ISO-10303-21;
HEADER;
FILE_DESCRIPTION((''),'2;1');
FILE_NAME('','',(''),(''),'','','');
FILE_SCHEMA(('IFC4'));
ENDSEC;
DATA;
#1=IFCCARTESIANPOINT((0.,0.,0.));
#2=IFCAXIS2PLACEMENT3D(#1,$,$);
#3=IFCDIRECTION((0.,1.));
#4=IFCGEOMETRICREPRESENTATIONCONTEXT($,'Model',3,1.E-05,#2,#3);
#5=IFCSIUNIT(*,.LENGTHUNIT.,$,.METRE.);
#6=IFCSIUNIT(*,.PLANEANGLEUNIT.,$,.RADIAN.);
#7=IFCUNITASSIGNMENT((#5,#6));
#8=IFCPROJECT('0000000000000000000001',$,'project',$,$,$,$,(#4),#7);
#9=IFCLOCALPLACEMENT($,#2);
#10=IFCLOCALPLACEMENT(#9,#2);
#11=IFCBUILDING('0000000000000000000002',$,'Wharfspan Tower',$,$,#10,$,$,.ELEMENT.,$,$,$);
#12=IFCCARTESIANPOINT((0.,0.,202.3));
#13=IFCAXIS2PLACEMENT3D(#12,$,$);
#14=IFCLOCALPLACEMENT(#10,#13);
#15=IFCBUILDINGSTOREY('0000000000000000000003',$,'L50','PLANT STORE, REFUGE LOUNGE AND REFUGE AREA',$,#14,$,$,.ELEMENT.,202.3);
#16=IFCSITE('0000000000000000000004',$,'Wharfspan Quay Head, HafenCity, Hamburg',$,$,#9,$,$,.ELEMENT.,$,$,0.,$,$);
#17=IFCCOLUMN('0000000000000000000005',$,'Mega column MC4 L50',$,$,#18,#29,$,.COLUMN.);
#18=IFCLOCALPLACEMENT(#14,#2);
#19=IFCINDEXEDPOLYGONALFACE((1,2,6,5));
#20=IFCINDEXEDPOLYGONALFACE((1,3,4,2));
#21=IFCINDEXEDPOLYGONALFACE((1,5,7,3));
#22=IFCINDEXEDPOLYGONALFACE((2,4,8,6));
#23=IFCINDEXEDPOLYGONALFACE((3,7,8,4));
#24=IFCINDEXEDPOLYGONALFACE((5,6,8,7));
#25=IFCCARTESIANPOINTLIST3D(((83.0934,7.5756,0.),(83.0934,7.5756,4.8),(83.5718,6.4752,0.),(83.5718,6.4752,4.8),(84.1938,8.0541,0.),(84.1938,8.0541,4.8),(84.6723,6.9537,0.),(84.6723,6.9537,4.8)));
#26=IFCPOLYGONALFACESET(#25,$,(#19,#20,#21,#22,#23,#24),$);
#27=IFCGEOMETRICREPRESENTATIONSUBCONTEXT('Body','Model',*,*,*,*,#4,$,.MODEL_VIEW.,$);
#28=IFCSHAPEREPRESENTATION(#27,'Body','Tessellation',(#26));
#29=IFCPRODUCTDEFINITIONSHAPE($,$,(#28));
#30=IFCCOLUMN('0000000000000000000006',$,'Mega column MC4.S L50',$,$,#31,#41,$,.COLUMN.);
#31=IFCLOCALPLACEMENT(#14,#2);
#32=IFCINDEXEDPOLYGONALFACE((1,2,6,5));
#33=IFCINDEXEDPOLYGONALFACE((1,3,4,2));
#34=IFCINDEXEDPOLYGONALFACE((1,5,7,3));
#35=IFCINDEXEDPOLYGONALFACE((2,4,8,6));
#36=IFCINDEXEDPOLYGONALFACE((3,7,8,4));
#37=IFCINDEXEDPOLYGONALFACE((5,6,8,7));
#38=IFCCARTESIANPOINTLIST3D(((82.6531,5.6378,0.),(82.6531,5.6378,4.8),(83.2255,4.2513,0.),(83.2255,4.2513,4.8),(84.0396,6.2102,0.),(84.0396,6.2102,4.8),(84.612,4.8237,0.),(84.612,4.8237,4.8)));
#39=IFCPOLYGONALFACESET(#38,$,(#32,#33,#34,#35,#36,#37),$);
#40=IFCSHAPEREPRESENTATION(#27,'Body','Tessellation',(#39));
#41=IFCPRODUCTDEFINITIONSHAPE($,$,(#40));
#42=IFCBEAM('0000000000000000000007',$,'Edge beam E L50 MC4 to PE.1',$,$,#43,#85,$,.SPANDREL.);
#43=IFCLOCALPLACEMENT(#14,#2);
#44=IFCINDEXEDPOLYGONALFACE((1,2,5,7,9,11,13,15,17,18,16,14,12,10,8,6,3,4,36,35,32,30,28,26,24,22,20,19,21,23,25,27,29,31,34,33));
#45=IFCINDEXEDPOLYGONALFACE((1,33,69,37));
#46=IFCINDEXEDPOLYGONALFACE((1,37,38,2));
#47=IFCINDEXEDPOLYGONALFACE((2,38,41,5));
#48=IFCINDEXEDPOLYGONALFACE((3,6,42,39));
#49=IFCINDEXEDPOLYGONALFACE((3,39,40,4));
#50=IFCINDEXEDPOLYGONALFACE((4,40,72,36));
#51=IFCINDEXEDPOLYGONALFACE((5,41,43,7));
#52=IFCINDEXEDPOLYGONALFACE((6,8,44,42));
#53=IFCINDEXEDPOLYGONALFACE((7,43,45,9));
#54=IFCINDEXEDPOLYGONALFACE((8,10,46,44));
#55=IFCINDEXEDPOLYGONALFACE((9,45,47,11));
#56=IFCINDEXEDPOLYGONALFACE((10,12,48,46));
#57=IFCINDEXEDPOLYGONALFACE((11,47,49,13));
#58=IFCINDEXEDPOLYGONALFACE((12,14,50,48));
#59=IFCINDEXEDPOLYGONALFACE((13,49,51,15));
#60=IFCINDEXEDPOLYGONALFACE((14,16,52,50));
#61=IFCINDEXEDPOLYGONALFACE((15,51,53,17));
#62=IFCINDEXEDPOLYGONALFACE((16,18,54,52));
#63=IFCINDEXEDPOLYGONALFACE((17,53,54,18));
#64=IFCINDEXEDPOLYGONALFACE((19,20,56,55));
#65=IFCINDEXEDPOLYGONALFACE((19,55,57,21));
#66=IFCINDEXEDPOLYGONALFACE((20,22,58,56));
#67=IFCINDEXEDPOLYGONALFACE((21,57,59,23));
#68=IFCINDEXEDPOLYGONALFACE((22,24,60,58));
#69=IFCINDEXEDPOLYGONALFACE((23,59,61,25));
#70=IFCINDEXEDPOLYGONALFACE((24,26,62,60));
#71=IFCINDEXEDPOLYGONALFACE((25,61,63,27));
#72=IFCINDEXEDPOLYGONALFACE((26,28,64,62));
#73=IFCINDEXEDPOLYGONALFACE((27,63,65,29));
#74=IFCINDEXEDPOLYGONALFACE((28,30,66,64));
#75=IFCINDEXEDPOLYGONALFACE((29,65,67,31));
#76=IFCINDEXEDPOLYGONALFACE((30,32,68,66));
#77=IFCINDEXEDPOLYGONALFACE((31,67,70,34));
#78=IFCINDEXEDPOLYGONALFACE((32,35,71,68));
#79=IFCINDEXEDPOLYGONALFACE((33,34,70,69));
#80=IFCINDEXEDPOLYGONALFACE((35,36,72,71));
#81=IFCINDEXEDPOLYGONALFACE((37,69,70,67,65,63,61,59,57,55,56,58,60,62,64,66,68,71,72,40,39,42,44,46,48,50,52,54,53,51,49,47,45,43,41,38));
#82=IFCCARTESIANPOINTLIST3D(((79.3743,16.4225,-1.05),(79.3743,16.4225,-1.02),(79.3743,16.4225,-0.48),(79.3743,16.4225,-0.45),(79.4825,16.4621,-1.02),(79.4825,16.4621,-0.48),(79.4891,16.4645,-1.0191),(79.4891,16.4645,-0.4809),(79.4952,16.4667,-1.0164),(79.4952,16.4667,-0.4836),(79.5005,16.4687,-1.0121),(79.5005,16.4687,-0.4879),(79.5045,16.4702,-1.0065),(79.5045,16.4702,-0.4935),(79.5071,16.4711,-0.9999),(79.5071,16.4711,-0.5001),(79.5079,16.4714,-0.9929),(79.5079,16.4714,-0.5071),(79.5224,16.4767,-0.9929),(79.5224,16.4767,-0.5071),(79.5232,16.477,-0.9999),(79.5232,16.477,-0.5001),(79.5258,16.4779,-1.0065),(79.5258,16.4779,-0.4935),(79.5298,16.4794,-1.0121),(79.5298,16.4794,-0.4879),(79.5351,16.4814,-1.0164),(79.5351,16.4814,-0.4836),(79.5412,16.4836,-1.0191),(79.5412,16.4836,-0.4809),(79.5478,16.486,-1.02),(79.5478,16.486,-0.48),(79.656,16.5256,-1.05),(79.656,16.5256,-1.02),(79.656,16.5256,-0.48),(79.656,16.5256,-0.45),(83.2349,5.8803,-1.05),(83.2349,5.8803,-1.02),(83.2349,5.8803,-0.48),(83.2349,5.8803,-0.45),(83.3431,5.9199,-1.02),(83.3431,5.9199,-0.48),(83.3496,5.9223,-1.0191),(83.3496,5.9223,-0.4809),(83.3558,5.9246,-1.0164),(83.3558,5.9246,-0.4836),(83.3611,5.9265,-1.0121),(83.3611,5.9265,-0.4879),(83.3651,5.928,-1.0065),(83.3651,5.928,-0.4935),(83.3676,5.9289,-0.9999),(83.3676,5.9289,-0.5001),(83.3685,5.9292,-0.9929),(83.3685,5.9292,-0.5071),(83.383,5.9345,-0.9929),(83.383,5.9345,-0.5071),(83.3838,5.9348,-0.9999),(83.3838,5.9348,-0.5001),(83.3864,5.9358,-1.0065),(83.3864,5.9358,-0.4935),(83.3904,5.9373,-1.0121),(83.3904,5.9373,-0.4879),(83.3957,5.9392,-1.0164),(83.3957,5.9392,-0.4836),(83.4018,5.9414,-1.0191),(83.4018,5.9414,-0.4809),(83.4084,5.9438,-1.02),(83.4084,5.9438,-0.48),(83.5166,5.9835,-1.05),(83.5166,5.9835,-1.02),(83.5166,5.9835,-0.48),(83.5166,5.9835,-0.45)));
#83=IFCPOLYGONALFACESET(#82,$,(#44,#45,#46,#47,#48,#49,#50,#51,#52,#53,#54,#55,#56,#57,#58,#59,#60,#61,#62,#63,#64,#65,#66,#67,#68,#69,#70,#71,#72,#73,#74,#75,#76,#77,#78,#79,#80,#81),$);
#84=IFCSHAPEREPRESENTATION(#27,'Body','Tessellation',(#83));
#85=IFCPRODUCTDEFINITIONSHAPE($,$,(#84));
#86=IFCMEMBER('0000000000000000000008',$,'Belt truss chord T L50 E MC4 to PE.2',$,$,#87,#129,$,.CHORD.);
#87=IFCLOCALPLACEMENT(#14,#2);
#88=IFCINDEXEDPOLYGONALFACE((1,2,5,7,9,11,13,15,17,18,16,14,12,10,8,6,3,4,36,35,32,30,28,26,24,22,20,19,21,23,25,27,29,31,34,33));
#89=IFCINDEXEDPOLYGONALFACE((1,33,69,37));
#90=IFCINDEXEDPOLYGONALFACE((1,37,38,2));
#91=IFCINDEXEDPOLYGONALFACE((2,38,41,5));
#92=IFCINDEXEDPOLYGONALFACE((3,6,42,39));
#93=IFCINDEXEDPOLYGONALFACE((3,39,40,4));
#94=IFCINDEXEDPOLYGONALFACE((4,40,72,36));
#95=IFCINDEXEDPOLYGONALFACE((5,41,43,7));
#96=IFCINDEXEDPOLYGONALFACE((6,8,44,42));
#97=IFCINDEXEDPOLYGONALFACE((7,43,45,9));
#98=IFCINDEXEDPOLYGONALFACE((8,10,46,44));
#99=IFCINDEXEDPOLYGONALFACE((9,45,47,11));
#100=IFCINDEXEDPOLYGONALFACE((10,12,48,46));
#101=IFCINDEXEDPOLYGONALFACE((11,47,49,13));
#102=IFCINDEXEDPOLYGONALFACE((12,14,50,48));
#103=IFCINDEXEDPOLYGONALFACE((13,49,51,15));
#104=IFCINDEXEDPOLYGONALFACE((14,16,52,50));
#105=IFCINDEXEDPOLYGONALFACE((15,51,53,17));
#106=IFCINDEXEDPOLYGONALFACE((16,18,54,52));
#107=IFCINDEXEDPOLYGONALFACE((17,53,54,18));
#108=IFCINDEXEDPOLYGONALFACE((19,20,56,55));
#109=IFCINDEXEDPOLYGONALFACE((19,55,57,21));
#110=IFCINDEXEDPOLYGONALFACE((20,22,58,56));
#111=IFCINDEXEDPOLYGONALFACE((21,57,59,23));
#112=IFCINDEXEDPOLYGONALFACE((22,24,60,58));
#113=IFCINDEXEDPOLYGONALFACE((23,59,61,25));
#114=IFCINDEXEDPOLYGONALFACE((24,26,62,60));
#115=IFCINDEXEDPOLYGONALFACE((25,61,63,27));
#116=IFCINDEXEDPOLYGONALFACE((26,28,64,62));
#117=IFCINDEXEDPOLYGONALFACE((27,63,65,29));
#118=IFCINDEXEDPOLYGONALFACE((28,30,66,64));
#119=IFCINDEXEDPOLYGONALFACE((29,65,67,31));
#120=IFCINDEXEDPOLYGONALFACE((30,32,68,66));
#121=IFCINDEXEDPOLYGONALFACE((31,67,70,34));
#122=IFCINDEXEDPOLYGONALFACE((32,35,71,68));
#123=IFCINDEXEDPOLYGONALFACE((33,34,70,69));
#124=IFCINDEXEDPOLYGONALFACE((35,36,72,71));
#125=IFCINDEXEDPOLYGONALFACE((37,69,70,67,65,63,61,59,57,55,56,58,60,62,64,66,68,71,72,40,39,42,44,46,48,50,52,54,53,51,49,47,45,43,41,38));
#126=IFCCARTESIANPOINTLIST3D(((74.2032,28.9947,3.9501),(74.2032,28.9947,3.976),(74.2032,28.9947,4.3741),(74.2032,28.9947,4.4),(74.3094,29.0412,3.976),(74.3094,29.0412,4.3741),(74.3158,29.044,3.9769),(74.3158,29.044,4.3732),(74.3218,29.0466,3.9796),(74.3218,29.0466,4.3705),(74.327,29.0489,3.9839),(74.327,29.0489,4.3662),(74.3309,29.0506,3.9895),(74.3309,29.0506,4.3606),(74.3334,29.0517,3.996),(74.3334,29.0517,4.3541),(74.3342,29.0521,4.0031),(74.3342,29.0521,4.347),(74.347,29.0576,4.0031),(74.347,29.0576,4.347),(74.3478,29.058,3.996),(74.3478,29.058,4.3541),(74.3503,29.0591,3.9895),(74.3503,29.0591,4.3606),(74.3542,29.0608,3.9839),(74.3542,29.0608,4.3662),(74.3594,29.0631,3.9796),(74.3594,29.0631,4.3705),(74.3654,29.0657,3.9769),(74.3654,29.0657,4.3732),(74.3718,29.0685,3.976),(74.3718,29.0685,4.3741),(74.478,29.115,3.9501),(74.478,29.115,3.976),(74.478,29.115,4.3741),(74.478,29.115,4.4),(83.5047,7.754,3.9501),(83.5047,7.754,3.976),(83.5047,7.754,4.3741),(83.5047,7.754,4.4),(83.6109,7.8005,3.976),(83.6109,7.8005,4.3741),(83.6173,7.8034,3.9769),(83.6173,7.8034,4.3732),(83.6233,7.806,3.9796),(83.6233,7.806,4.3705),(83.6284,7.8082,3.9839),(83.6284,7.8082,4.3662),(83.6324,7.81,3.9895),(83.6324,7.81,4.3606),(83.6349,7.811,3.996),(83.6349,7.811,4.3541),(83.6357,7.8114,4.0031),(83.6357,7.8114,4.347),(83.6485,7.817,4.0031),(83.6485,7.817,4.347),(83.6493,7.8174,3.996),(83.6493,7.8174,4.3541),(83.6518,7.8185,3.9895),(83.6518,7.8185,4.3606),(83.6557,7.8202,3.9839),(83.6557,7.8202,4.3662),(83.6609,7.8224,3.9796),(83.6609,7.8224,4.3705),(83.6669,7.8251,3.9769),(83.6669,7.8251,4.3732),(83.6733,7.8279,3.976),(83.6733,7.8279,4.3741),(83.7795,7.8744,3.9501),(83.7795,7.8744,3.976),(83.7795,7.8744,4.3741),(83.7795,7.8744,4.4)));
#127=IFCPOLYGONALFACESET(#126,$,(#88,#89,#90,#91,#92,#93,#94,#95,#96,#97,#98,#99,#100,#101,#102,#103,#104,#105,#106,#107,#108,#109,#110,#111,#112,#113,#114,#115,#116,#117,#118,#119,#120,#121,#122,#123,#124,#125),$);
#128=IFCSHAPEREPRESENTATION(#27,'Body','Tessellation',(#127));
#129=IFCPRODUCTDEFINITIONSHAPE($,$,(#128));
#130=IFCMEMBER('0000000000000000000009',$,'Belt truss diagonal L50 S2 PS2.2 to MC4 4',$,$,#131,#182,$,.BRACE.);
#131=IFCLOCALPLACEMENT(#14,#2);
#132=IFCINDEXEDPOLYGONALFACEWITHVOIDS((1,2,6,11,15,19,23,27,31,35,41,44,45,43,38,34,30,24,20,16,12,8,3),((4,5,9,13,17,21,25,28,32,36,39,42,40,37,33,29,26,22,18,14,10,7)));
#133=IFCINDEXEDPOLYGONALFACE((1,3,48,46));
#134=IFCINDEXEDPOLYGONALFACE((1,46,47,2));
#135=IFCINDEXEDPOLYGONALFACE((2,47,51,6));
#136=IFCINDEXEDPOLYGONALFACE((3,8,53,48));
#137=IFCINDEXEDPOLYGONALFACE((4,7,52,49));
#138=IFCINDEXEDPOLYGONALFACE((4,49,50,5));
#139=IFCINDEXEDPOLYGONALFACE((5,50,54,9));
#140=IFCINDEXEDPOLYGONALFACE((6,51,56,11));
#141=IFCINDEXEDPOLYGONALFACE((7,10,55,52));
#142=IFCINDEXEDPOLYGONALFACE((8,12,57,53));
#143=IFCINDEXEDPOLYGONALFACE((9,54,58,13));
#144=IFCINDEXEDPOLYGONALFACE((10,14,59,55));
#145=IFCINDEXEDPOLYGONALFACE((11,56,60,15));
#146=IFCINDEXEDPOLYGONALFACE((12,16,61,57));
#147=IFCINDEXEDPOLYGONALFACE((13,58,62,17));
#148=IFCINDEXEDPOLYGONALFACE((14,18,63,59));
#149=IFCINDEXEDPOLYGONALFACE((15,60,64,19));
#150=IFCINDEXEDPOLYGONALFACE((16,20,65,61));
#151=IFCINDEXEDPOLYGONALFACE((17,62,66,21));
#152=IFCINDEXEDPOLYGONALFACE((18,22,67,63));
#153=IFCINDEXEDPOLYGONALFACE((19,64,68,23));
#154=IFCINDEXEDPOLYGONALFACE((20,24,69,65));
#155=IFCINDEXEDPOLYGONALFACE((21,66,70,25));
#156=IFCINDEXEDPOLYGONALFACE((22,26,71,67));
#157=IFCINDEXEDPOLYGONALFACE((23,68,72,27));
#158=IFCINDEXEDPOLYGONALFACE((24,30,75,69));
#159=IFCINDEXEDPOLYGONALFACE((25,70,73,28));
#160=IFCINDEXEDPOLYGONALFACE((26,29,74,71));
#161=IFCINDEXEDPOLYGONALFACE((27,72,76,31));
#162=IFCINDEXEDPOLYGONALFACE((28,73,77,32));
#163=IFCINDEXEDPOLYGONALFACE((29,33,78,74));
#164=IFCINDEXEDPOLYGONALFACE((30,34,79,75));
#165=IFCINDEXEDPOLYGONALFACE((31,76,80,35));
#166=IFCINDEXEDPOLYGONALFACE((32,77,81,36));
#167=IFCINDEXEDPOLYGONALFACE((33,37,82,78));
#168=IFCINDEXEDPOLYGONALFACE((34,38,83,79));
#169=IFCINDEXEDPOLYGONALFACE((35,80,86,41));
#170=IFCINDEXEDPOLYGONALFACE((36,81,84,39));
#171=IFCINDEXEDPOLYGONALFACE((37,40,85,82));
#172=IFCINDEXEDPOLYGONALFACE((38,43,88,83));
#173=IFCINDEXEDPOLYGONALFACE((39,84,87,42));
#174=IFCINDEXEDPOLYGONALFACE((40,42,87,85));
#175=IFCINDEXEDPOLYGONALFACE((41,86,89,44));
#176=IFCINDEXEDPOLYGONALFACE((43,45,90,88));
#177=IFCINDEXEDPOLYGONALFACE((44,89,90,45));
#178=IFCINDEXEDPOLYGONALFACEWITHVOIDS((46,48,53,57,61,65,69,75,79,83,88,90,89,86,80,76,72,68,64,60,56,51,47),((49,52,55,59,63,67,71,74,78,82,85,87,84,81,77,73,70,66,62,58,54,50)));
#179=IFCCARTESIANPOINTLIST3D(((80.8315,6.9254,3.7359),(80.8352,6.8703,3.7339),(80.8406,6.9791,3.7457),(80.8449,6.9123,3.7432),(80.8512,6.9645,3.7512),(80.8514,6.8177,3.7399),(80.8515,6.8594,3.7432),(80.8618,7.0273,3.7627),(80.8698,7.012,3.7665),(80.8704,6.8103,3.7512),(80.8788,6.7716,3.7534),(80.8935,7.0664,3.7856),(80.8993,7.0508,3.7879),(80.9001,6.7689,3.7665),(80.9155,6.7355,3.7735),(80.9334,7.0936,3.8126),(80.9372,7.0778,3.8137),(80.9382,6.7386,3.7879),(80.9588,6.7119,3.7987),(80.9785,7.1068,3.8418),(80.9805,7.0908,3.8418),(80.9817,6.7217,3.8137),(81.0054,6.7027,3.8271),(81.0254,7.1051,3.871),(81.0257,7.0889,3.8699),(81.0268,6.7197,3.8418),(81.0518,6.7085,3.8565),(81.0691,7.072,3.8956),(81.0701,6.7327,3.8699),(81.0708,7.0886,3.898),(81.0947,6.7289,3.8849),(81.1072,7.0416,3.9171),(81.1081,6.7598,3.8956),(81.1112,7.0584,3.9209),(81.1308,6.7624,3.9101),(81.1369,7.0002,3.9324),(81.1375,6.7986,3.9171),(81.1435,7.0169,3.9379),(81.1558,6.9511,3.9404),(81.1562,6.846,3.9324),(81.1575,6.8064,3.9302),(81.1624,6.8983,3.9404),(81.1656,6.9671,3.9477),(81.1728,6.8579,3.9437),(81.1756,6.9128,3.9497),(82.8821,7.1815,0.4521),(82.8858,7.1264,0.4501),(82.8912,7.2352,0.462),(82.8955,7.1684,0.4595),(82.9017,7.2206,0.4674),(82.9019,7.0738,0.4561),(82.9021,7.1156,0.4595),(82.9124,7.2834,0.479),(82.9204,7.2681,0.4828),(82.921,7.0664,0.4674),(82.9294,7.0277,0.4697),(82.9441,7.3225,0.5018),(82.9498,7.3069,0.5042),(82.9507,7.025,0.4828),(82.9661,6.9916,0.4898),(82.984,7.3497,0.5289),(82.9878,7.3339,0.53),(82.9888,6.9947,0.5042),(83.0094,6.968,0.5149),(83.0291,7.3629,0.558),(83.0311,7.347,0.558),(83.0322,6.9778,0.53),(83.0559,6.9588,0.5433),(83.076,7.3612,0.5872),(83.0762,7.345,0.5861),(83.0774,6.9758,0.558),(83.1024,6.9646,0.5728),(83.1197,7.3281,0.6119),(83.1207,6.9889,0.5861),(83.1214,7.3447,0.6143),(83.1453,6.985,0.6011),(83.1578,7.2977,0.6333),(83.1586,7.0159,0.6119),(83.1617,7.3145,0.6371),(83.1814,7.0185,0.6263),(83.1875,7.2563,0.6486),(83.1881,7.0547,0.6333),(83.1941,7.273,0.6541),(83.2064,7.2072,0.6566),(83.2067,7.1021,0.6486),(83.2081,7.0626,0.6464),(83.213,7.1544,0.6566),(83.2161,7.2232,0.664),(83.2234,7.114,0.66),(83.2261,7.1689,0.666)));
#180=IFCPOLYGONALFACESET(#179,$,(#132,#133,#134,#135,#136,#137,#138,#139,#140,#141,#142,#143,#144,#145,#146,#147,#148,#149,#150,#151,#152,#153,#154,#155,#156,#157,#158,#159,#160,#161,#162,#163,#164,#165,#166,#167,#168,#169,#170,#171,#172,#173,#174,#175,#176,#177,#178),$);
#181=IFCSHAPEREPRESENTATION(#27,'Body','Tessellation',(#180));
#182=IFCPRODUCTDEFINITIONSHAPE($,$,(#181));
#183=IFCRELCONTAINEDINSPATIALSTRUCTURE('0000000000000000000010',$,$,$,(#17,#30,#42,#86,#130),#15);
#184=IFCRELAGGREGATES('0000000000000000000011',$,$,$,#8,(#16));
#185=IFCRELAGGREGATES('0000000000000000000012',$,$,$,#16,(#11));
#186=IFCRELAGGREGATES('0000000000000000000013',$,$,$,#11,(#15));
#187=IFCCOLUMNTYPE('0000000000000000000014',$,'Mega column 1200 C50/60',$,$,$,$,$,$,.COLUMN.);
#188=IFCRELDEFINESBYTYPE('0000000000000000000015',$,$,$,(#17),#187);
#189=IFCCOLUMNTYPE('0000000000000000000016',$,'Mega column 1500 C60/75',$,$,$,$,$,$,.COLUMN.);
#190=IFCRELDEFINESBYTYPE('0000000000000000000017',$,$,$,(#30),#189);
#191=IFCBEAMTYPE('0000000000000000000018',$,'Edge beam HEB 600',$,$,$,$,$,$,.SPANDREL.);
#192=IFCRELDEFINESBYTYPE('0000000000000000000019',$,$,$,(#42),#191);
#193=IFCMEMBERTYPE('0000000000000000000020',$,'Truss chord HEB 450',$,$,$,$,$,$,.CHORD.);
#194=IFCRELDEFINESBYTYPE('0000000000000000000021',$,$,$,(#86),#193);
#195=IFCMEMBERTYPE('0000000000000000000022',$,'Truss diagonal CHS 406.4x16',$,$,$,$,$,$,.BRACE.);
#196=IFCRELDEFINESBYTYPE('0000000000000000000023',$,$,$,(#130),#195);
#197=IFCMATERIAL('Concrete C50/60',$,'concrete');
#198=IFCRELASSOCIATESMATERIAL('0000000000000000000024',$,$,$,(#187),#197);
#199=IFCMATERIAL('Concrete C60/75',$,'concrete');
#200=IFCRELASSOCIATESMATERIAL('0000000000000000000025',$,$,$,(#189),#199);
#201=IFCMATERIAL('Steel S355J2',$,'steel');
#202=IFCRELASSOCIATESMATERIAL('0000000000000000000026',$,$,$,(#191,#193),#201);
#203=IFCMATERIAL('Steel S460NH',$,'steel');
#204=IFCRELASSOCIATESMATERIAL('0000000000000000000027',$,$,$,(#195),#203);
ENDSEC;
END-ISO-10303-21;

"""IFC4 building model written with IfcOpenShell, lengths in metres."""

from ifc_helpers import new_model, si_unit, direction, frame, origin, origin_2d, place, context, subcontext, project, spatial, rectangle, hollow_circle, i_section, extrude, material, material_profile, profile_set, type_object, element, save


model = new_model("IFC4")

# Units and contexts
model_context = context("Model", 3, precision=1e-05, world=origin(), true_north=direction((0.0, 1.0)))
body_context = subcontext(model_context, "Body", "Model", "MODEL_VIEW")
ifc_project = project(units=[si_unit("LENGTHUNIT", "METRE"), si_unit("PLANEANGLEUNIT", "RADIAN")], contexts=[model_context])

# Site, building, storey
site_placement = place(None, origin())
site = spatial("IfcSite", under=ifc_project, at=site_placement, Name="Wharfspan Quay Head, HafenCity, Hamburg", CompositionType="ELEMENT", RefElevation=0.0)
building_placement = place(site_placement, origin())
building = spatial("IfcBuilding", under=site, at=building_placement, Name="Wharfspan Tower", CompositionType="ELEMENT")
storey_placement = place(building_placement, frame((0.0, 0.0, 202.3)))
storey = spatial("IfcBuildingStorey", under=building, at=storey_placement, Name="L50", Description="PLANT STORE, REFUGE LOUNGE AND REFUGE AREA", CompositionType="ELEMENT", Elevation=202.3)

# Columns
ifc_material_1 = material(Name="Concrete C50/60", Category="concrete")
ifc_material_profile_1 = material_profile(ifc_material_1, rectangle(XDim=1.2, YDim=1.2, at=origin_2d()))
ifc_profile_set_1 = profile_set([ifc_material_profile_1], Name="Concrete C50/60")
column_type_1 = type_object("IfcColumnType", Name="Mega column 1200 C50/60", PredefinedType="COLUMN", material=ifc_profile_set_1)
column_1_placement = place(storey_placement, frame((83.8828, 7.2646, 0.0), z_axis=(0.0, 0.0, 1.0), x_axis=(-0.398727, 0.917072, 0.0)))
element("IfcColumn", 1, at=column_1_placement, inside=storey, type_object=column_type_1, Name="Mega column MC4 L50", PredefinedType="COLUMN", context=body_context, shape_type="SweptSolid", body=[
    extrude(rectangle(XDim=1.2, YDim=1.2, at=origin_2d()), origin(), (0.0, 0.0, 1.0), 4.8),
])
ifc_material_2 = material(Name="Concrete C60/75", Category="concrete")
ifc_material_profile_2 = material_profile(ifc_material_2, rectangle(XDim=1.5, YDim=1.5, at=origin_2d()))
ifc_profile_set_2 = profile_set([ifc_material_profile_2], Name="Concrete C60/75")
column_type_2 = type_object("IfcColumnType", Name="Mega column 1500 C60/75", PredefinedType="COLUMN", material=ifc_profile_set_2)
column_2_placement = place(storey_placement, frame((83.6326, 5.2307, 0.0), z_axis=(0.0, 0.0, 1.0), x_axis=(-0.381602, 0.924325, 0.0)))
element("IfcColumn", 2, at=column_2_placement, inside=storey, type_object=column_type_2, Name="Mega column MC4.S L50", PredefinedType="COLUMN", context=body_context, shape_type="SweptSolid", body=[
    extrude(rectangle(XDim=1.5, YDim=1.5, at=origin_2d()), origin(), (0.0, 0.0, 1.0), 4.8),
])

# Beam
ifc_material_3 = material(Name="Steel S355J2", Category="steel")
ifc_material_profile_3 = material_profile(ifc_material_3, i_section(OverallWidth=0.3, OverallDepth=0.6001, WebThickness=0.0154, FlangeThickness=0.03, FilletRadius=0.0271, at=origin_2d()))
ifc_profile_set_3 = profile_set([ifc_material_profile_3], Name="Steel S355J2")
beam_type = type_object("IfcBeamType", Name="Edge beam HEB 600", PredefinedType="SPANDREL", material=ifc_profile_set_3)
beam_placement = place(storey_placement, frame((83.3757, 5.9319, -0.75), z_axis=(-0.343871, 0.939017, 0.0), x_axis=(-0.939017, -0.343871, 0.0)))
element("IfcBeam", 3, at=beam_placement, inside=storey, type_object=beam_type, Name="Edge beam E L50 MC4 to PE.1", PredefinedType="SPANDREL", context=body_context, shape_type="SweptSolid", body=[
    extrude(i_section(OverallWidth=0.3, OverallDepth=0.6001, WebThickness=0.0154, FlangeThickness=0.03, FilletRadius=0.0271, at=origin_2d()), origin(), (0.0, 0.0, 1.0), 11.2268),
])

# Members
ifc_material_profile_4 = material_profile(ifc_material_3, i_section(OverallWidth=0.3, OverallDepth=0.45, WebThickness=0.0139, FlangeThickness=0.0259, FilletRadius=0.0271, at=origin_2d()))
ifc_profile_set_4 = profile_set([ifc_material_profile_4], Name="Steel S355J2")
member_type_1 = type_object("IfcMemberType", Name="Truss chord HEB 450", PredefinedType="CHORD", material=ifc_profile_set_4)
member_1_placement = place(storey_placement, frame((83.6421, 7.8142, 4.175), z_axis=(-0.401134, 0.91602, 0.0), x_axis=(-0.91602, -0.401134, 0.0)))
element("IfcMember", 4, at=member_1_placement, inside=storey, type_object=member_type_1, Name="Belt truss chord T L50 E MC4 to PE.2", PredefinedType="CHORD", context=body_context, shape_type="SweptSolid", body=[
    extrude(i_section(OverallWidth=0.3, OverallDepth=0.45, WebThickness=0.0139, FlangeThickness=0.0259, FilletRadius=0.0271, at=origin_2d()), origin(), (0.0, 0.0, 1.0), 23.188),
])
ifc_material_4 = material(Name="Steel S460NH", Category="steel")
ifc_material_profile_5 = material_profile(ifc_material_4, hollow_circle(Radius=0.2031, WallThickness=0.0161, at=origin_2d()))
ifc_profile_set_5 = profile_set([ifc_material_profile_5], Name="Steel S460NH")
member_type_2 = type_object("IfcMemberType", Name="Truss diagonal CHS 406.4x16", PredefinedType="BRACE", material=ifc_profile_set_5)
member_2_placement = place(storey_placement, frame((81.0037, 6.9053, 3.8418), z_axis=(0.528515, 0.066009, -0.846354), x_axis=(-0.123934, 0.992291, -0.000001)))
element("IfcMember", 5, at=member_2_placement, inside=storey, type_object=member_type_2, Name="Belt truss diagonal L50 S2 PS2.2 to MC4 4", PredefinedType="BRACE", context=body_context, shape_type="SweptSolid", body=[
    extrude(hollow_circle(Radius=0.2031, WallThickness=0.0161, at=origin_2d()), origin(), (0.0, 0.0, 1.0), 3.8799),
])

save(model, "model.ifc")
